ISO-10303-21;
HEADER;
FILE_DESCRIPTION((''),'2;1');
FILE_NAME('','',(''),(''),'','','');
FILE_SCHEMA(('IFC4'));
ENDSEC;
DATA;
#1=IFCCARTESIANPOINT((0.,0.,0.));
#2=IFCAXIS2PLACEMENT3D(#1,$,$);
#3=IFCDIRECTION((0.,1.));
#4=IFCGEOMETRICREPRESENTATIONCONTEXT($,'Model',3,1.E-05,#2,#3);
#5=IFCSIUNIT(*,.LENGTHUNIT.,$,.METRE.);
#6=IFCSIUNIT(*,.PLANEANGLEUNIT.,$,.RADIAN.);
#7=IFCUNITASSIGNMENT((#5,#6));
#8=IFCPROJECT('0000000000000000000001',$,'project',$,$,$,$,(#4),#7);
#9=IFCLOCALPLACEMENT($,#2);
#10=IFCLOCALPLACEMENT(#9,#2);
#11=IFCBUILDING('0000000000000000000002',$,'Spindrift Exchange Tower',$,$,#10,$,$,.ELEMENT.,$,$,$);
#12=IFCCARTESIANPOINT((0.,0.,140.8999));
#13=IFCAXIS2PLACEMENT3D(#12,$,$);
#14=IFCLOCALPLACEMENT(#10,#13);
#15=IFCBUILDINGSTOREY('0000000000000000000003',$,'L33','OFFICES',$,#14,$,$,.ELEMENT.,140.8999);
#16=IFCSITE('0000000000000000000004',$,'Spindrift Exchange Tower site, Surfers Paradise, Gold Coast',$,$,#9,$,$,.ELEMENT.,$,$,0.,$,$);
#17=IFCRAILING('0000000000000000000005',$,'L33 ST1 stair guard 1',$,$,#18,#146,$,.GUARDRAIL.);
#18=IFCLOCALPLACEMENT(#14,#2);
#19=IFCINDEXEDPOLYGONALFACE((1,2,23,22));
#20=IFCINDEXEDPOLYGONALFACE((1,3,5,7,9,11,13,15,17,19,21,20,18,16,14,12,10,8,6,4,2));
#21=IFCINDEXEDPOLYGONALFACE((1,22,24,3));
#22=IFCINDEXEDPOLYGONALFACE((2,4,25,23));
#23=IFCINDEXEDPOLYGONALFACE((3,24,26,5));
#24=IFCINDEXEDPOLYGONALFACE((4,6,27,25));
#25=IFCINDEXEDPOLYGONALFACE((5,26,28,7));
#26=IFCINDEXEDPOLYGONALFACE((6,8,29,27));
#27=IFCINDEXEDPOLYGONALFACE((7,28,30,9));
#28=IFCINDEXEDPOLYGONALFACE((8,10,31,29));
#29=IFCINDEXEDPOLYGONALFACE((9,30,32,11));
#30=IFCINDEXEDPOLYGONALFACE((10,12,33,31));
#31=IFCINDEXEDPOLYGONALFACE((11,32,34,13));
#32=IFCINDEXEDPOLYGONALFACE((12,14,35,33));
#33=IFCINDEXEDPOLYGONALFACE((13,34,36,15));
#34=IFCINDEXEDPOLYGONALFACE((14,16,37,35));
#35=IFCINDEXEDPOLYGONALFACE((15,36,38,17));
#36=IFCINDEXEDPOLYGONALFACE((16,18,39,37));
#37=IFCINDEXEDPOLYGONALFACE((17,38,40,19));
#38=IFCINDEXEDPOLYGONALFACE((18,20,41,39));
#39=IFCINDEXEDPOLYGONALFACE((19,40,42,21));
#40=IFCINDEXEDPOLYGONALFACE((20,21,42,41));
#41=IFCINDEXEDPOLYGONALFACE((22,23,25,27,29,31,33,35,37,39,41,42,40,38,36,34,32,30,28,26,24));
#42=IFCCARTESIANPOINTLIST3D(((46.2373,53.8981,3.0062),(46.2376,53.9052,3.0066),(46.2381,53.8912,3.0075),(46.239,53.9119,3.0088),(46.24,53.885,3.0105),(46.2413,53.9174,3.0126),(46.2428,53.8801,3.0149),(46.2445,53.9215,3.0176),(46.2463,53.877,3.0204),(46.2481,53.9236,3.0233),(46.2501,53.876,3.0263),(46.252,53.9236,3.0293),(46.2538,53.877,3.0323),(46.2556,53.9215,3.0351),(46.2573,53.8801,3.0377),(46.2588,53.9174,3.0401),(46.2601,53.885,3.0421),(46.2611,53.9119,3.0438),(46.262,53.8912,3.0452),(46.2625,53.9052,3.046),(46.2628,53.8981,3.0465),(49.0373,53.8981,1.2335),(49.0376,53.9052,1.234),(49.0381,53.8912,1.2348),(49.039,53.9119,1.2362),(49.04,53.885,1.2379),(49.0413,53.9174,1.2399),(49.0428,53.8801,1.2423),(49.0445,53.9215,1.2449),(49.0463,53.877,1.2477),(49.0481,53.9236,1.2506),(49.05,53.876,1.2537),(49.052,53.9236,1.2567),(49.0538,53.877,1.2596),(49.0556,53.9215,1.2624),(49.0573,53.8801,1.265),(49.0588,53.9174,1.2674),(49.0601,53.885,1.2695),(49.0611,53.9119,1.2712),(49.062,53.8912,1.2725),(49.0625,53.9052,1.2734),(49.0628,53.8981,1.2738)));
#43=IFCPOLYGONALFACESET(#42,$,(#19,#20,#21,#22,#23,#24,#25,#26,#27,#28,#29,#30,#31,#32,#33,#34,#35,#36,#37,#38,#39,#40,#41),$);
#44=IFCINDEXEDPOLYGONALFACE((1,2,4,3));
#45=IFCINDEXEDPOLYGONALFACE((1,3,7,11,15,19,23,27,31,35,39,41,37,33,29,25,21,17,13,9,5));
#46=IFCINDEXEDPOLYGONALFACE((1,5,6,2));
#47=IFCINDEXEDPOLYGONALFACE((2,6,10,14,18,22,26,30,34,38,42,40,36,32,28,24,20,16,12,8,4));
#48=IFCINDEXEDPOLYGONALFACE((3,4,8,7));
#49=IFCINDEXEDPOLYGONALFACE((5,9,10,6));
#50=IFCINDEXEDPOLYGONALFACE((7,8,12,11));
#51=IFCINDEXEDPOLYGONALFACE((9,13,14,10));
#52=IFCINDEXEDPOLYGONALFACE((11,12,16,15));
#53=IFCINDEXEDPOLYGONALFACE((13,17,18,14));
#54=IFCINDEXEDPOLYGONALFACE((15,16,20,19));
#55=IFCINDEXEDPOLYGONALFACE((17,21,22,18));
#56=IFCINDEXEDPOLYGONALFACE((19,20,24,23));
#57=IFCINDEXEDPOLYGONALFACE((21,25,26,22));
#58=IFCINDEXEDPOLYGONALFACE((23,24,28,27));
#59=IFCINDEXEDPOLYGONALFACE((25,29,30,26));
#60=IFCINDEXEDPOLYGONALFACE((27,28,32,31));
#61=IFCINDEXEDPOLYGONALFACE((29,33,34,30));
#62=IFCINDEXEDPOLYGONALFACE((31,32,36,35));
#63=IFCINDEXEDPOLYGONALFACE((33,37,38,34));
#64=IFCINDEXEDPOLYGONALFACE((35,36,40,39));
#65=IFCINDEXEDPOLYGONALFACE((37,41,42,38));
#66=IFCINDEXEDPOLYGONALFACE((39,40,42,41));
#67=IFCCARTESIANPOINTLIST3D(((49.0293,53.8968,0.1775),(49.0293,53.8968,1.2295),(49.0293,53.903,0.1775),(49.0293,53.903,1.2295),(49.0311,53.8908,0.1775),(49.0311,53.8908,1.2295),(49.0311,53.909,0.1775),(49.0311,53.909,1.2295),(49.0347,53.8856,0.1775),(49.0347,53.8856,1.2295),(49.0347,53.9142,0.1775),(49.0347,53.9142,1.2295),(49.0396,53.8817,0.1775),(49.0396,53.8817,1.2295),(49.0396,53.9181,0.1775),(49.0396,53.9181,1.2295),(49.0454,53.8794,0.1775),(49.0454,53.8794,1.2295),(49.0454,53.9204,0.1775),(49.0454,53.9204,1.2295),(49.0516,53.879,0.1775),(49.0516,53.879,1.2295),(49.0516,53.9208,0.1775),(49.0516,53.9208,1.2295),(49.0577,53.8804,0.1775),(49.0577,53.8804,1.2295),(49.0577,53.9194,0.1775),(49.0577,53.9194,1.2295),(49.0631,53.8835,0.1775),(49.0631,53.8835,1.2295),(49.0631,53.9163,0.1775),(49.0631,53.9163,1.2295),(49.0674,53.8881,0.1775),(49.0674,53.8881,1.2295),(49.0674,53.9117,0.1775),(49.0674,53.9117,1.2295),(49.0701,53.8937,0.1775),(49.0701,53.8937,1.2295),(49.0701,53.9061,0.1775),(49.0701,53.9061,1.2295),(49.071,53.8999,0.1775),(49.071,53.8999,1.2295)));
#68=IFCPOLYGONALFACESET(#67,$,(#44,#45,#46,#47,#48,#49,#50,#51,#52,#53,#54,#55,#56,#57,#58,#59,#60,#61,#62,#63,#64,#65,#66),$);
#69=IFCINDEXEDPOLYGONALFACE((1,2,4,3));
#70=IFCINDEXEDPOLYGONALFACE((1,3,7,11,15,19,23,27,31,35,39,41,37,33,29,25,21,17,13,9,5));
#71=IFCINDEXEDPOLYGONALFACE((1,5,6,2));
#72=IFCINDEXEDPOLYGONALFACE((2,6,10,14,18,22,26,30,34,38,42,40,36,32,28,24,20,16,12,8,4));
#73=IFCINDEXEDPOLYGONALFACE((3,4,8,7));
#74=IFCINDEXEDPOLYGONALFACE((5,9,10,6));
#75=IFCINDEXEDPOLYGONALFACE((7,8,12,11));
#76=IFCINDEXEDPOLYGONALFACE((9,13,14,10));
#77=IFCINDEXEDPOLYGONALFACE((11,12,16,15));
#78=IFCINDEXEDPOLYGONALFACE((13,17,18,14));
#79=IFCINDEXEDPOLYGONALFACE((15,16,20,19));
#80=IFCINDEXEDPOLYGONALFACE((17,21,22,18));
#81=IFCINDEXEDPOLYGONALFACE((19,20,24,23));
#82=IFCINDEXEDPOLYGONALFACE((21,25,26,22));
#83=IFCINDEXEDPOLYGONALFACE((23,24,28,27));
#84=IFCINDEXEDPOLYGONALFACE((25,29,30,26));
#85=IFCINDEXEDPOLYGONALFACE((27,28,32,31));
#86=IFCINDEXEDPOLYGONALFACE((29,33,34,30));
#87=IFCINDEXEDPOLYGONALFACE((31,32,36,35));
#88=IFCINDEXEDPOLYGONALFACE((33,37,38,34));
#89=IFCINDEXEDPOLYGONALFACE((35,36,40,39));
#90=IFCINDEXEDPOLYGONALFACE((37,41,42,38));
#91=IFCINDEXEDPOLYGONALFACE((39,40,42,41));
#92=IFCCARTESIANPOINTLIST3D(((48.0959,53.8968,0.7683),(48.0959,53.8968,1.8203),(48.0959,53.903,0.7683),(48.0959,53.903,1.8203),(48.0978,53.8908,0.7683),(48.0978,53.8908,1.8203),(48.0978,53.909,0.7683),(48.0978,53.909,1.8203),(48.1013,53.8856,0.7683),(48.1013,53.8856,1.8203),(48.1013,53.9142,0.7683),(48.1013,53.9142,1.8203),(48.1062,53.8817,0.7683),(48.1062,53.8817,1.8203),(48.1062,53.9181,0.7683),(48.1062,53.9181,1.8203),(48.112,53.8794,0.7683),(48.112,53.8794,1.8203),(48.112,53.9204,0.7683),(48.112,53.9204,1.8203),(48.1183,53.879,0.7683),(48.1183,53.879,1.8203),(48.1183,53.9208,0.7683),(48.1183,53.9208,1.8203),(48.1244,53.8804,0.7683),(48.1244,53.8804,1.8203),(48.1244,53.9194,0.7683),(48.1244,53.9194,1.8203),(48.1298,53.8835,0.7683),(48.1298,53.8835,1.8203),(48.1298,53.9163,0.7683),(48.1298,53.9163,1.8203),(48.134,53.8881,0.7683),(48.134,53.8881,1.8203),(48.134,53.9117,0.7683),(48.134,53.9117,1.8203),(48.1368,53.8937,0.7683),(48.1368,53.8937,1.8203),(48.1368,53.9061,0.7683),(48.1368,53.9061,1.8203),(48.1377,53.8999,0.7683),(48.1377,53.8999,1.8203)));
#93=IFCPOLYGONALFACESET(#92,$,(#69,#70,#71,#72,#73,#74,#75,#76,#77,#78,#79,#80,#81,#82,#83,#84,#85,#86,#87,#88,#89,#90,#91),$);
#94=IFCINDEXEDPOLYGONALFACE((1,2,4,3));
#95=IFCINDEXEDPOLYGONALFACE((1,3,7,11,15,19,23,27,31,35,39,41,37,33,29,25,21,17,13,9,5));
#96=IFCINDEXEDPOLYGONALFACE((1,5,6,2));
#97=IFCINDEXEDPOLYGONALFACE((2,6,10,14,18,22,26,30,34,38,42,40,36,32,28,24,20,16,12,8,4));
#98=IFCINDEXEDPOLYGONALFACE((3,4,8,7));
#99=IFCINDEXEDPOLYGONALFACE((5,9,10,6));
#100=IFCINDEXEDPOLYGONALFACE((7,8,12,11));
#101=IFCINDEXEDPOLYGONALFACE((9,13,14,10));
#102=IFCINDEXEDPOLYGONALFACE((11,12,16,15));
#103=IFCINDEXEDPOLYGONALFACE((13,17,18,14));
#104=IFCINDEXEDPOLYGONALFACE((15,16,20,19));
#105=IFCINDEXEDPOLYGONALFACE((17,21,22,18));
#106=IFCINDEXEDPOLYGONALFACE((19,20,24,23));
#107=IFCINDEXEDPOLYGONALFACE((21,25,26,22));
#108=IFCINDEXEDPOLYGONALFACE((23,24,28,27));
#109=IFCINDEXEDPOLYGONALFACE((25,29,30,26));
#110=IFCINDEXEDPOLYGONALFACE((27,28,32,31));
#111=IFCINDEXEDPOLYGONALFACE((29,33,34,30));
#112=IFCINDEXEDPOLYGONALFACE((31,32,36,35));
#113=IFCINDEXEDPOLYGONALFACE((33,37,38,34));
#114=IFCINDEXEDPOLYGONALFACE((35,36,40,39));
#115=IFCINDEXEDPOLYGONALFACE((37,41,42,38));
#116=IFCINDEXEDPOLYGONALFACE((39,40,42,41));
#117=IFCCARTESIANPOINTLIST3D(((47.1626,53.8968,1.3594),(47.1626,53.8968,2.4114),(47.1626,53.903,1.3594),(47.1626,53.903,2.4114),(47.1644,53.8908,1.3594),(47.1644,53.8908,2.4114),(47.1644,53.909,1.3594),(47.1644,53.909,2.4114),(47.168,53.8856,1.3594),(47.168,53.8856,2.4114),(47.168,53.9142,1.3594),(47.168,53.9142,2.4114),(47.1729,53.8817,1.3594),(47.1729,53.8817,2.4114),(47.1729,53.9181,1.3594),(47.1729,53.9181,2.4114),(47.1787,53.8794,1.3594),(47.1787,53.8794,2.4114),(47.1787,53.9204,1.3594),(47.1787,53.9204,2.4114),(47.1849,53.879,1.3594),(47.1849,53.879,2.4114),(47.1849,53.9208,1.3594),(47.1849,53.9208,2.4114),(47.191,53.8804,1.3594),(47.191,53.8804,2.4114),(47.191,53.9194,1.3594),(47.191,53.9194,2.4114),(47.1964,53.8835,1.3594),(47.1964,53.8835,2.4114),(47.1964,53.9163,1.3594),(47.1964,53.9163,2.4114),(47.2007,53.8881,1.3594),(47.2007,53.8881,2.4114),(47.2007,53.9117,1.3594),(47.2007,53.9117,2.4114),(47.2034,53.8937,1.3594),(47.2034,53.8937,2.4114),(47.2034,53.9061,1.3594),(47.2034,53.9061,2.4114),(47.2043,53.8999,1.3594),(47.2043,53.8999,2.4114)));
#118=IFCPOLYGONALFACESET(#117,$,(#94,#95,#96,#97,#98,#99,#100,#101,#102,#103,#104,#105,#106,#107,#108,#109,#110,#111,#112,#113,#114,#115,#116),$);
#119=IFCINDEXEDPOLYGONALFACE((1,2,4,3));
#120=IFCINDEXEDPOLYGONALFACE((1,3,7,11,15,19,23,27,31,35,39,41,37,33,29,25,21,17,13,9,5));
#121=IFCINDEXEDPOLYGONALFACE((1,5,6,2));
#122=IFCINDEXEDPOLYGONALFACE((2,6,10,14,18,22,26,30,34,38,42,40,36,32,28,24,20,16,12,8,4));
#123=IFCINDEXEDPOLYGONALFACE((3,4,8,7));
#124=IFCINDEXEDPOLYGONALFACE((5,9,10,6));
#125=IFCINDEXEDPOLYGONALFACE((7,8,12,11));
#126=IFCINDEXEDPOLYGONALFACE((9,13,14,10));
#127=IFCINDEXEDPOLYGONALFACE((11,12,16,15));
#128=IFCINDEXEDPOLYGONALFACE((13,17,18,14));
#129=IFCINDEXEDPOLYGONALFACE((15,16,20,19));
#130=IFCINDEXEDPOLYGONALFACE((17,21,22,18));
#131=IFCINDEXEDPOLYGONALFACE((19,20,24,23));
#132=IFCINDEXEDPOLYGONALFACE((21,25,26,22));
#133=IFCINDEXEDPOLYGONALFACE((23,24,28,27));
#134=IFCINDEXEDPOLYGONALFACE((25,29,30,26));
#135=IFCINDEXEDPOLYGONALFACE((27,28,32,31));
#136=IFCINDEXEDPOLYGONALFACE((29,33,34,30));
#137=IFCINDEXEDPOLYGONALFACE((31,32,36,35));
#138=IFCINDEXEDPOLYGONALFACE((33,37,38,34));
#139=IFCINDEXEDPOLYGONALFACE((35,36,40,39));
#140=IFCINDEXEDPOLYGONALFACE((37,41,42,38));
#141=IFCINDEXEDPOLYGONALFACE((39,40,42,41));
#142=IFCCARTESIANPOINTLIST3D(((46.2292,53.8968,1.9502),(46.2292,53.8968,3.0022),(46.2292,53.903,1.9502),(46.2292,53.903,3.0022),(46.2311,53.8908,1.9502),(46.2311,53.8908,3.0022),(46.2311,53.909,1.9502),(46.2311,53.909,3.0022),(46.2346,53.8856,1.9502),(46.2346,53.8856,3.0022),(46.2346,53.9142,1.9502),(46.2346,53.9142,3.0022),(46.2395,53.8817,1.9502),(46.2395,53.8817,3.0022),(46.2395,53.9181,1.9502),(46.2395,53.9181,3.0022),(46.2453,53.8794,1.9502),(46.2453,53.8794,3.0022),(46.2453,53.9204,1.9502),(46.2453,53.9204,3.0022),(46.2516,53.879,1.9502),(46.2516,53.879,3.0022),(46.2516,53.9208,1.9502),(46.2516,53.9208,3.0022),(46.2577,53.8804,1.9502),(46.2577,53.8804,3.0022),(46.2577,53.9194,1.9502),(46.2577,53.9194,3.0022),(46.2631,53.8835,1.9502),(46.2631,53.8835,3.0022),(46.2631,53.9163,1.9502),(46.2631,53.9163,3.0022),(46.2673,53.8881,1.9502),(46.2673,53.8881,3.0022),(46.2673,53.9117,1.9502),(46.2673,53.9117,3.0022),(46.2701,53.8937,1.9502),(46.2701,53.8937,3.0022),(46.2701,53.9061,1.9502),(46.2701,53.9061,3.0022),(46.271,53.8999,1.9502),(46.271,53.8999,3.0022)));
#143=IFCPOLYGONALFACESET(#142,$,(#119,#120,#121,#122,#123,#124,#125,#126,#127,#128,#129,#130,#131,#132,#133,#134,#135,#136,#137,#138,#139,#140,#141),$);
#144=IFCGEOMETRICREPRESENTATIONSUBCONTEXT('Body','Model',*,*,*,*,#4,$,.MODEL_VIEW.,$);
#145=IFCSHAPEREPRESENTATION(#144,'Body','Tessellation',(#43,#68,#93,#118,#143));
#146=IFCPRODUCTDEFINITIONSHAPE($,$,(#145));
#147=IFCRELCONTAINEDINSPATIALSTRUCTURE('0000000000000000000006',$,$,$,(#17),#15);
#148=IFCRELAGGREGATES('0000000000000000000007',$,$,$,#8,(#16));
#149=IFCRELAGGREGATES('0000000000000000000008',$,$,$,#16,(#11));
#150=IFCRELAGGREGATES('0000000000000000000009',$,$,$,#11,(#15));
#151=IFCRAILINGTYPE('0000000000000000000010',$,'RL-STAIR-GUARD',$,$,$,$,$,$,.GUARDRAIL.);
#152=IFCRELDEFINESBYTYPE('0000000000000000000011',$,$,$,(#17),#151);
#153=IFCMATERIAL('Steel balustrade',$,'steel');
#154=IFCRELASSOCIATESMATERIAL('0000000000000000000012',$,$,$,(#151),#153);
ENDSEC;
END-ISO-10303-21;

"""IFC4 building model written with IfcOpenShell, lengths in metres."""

from ifc_helpers import new_model, si_unit, direction, frame, origin, origin_2d, place, context, subcontext, project, spatial, circle, extrude, material, type_object, element, save


model = new_model("IFC4")

# Units and contexts
model_context = context("Model", 3, precision=1e-05, world=origin(), true_north=direction((0.0, 1.0)))
body_context = subcontext(model_context, "Body", "Model", "MODEL_VIEW")
ifc_project = project(units=[si_unit("LENGTHUNIT", "METRE"), si_unit("PLANEANGLEUNIT", "RADIAN")], contexts=[model_context])

# Site, building, storey
site_placement = place(None, origin())
site = spatial("IfcSite", under=ifc_project, at=site_placement, Name="Spindrift Exchange Tower site, Surfers Paradise, Gold Coast", CompositionType="ELEMENT", RefElevation=0.0)
building_placement = place(site_placement, origin())
building = spatial("IfcBuilding", under=site, at=building_placement, Name="Spindrift Exchange Tower", CompositionType="ELEMENT")
storey_placement = place(building_placement, frame((0.0, 0.0, 140.8999)))
storey = spatial("IfcBuildingStorey", under=building, at=storey_placement, Name="L33", Description="OFFICES", CompositionType="ELEMENT", Elevation=140.8999)

# Railing
ifc_material_1 = material(Name="Steel balustrade", Category="steel")
railing_type_1 = type_object("IfcRailingType", Name="RL-STAIR-GUARD", PredefinedType="GUARDRAIL", material=ifc_material_1)
railing_1_placement = place(storey_placement, frame((49.05, 53.8999, 0.1775)))
element("IfcRailing", 1, at=railing_1_placement, inside=storey, type_object=railing_type_1, Name="L33 ST1 stair guard 1", PredefinedType="GUARDRAIL", context=body_context, shape_type="SweptSolid", body=[
    extrude(circle(Radius=0.0239, at=origin_2d()), frame((0.0, 0.0, 1.0762), z_axis=(-0.844909, 0.0, 0.53491), x_axis=(0.0, -1.0, 0.0)), (0.0, 0.0, 1.0), 3.314),
    extrude(circle(Radius=0.021, at=origin_2d()), origin(), (0.0, 0.0, 1.0), 1.052),
    extrude(circle(Radius=0.021, at=origin_2d()), frame((-0.9333, 0.0, 0.5908)), (0.0, 0.0, 1.0), 1.052),
    extrude(circle(Radius=0.021, at=origin_2d()), frame((-1.8667, 0.0, 1.1819)), (0.0, 0.0, 1.0), 1.052),
    extrude(circle(Radius=0.021, at=origin_2d()), frame((-2.8, 0.0, 1.7727)), (0.0, 0.0, 1.0), 1.052),
])

save(model, "model.ifc")
